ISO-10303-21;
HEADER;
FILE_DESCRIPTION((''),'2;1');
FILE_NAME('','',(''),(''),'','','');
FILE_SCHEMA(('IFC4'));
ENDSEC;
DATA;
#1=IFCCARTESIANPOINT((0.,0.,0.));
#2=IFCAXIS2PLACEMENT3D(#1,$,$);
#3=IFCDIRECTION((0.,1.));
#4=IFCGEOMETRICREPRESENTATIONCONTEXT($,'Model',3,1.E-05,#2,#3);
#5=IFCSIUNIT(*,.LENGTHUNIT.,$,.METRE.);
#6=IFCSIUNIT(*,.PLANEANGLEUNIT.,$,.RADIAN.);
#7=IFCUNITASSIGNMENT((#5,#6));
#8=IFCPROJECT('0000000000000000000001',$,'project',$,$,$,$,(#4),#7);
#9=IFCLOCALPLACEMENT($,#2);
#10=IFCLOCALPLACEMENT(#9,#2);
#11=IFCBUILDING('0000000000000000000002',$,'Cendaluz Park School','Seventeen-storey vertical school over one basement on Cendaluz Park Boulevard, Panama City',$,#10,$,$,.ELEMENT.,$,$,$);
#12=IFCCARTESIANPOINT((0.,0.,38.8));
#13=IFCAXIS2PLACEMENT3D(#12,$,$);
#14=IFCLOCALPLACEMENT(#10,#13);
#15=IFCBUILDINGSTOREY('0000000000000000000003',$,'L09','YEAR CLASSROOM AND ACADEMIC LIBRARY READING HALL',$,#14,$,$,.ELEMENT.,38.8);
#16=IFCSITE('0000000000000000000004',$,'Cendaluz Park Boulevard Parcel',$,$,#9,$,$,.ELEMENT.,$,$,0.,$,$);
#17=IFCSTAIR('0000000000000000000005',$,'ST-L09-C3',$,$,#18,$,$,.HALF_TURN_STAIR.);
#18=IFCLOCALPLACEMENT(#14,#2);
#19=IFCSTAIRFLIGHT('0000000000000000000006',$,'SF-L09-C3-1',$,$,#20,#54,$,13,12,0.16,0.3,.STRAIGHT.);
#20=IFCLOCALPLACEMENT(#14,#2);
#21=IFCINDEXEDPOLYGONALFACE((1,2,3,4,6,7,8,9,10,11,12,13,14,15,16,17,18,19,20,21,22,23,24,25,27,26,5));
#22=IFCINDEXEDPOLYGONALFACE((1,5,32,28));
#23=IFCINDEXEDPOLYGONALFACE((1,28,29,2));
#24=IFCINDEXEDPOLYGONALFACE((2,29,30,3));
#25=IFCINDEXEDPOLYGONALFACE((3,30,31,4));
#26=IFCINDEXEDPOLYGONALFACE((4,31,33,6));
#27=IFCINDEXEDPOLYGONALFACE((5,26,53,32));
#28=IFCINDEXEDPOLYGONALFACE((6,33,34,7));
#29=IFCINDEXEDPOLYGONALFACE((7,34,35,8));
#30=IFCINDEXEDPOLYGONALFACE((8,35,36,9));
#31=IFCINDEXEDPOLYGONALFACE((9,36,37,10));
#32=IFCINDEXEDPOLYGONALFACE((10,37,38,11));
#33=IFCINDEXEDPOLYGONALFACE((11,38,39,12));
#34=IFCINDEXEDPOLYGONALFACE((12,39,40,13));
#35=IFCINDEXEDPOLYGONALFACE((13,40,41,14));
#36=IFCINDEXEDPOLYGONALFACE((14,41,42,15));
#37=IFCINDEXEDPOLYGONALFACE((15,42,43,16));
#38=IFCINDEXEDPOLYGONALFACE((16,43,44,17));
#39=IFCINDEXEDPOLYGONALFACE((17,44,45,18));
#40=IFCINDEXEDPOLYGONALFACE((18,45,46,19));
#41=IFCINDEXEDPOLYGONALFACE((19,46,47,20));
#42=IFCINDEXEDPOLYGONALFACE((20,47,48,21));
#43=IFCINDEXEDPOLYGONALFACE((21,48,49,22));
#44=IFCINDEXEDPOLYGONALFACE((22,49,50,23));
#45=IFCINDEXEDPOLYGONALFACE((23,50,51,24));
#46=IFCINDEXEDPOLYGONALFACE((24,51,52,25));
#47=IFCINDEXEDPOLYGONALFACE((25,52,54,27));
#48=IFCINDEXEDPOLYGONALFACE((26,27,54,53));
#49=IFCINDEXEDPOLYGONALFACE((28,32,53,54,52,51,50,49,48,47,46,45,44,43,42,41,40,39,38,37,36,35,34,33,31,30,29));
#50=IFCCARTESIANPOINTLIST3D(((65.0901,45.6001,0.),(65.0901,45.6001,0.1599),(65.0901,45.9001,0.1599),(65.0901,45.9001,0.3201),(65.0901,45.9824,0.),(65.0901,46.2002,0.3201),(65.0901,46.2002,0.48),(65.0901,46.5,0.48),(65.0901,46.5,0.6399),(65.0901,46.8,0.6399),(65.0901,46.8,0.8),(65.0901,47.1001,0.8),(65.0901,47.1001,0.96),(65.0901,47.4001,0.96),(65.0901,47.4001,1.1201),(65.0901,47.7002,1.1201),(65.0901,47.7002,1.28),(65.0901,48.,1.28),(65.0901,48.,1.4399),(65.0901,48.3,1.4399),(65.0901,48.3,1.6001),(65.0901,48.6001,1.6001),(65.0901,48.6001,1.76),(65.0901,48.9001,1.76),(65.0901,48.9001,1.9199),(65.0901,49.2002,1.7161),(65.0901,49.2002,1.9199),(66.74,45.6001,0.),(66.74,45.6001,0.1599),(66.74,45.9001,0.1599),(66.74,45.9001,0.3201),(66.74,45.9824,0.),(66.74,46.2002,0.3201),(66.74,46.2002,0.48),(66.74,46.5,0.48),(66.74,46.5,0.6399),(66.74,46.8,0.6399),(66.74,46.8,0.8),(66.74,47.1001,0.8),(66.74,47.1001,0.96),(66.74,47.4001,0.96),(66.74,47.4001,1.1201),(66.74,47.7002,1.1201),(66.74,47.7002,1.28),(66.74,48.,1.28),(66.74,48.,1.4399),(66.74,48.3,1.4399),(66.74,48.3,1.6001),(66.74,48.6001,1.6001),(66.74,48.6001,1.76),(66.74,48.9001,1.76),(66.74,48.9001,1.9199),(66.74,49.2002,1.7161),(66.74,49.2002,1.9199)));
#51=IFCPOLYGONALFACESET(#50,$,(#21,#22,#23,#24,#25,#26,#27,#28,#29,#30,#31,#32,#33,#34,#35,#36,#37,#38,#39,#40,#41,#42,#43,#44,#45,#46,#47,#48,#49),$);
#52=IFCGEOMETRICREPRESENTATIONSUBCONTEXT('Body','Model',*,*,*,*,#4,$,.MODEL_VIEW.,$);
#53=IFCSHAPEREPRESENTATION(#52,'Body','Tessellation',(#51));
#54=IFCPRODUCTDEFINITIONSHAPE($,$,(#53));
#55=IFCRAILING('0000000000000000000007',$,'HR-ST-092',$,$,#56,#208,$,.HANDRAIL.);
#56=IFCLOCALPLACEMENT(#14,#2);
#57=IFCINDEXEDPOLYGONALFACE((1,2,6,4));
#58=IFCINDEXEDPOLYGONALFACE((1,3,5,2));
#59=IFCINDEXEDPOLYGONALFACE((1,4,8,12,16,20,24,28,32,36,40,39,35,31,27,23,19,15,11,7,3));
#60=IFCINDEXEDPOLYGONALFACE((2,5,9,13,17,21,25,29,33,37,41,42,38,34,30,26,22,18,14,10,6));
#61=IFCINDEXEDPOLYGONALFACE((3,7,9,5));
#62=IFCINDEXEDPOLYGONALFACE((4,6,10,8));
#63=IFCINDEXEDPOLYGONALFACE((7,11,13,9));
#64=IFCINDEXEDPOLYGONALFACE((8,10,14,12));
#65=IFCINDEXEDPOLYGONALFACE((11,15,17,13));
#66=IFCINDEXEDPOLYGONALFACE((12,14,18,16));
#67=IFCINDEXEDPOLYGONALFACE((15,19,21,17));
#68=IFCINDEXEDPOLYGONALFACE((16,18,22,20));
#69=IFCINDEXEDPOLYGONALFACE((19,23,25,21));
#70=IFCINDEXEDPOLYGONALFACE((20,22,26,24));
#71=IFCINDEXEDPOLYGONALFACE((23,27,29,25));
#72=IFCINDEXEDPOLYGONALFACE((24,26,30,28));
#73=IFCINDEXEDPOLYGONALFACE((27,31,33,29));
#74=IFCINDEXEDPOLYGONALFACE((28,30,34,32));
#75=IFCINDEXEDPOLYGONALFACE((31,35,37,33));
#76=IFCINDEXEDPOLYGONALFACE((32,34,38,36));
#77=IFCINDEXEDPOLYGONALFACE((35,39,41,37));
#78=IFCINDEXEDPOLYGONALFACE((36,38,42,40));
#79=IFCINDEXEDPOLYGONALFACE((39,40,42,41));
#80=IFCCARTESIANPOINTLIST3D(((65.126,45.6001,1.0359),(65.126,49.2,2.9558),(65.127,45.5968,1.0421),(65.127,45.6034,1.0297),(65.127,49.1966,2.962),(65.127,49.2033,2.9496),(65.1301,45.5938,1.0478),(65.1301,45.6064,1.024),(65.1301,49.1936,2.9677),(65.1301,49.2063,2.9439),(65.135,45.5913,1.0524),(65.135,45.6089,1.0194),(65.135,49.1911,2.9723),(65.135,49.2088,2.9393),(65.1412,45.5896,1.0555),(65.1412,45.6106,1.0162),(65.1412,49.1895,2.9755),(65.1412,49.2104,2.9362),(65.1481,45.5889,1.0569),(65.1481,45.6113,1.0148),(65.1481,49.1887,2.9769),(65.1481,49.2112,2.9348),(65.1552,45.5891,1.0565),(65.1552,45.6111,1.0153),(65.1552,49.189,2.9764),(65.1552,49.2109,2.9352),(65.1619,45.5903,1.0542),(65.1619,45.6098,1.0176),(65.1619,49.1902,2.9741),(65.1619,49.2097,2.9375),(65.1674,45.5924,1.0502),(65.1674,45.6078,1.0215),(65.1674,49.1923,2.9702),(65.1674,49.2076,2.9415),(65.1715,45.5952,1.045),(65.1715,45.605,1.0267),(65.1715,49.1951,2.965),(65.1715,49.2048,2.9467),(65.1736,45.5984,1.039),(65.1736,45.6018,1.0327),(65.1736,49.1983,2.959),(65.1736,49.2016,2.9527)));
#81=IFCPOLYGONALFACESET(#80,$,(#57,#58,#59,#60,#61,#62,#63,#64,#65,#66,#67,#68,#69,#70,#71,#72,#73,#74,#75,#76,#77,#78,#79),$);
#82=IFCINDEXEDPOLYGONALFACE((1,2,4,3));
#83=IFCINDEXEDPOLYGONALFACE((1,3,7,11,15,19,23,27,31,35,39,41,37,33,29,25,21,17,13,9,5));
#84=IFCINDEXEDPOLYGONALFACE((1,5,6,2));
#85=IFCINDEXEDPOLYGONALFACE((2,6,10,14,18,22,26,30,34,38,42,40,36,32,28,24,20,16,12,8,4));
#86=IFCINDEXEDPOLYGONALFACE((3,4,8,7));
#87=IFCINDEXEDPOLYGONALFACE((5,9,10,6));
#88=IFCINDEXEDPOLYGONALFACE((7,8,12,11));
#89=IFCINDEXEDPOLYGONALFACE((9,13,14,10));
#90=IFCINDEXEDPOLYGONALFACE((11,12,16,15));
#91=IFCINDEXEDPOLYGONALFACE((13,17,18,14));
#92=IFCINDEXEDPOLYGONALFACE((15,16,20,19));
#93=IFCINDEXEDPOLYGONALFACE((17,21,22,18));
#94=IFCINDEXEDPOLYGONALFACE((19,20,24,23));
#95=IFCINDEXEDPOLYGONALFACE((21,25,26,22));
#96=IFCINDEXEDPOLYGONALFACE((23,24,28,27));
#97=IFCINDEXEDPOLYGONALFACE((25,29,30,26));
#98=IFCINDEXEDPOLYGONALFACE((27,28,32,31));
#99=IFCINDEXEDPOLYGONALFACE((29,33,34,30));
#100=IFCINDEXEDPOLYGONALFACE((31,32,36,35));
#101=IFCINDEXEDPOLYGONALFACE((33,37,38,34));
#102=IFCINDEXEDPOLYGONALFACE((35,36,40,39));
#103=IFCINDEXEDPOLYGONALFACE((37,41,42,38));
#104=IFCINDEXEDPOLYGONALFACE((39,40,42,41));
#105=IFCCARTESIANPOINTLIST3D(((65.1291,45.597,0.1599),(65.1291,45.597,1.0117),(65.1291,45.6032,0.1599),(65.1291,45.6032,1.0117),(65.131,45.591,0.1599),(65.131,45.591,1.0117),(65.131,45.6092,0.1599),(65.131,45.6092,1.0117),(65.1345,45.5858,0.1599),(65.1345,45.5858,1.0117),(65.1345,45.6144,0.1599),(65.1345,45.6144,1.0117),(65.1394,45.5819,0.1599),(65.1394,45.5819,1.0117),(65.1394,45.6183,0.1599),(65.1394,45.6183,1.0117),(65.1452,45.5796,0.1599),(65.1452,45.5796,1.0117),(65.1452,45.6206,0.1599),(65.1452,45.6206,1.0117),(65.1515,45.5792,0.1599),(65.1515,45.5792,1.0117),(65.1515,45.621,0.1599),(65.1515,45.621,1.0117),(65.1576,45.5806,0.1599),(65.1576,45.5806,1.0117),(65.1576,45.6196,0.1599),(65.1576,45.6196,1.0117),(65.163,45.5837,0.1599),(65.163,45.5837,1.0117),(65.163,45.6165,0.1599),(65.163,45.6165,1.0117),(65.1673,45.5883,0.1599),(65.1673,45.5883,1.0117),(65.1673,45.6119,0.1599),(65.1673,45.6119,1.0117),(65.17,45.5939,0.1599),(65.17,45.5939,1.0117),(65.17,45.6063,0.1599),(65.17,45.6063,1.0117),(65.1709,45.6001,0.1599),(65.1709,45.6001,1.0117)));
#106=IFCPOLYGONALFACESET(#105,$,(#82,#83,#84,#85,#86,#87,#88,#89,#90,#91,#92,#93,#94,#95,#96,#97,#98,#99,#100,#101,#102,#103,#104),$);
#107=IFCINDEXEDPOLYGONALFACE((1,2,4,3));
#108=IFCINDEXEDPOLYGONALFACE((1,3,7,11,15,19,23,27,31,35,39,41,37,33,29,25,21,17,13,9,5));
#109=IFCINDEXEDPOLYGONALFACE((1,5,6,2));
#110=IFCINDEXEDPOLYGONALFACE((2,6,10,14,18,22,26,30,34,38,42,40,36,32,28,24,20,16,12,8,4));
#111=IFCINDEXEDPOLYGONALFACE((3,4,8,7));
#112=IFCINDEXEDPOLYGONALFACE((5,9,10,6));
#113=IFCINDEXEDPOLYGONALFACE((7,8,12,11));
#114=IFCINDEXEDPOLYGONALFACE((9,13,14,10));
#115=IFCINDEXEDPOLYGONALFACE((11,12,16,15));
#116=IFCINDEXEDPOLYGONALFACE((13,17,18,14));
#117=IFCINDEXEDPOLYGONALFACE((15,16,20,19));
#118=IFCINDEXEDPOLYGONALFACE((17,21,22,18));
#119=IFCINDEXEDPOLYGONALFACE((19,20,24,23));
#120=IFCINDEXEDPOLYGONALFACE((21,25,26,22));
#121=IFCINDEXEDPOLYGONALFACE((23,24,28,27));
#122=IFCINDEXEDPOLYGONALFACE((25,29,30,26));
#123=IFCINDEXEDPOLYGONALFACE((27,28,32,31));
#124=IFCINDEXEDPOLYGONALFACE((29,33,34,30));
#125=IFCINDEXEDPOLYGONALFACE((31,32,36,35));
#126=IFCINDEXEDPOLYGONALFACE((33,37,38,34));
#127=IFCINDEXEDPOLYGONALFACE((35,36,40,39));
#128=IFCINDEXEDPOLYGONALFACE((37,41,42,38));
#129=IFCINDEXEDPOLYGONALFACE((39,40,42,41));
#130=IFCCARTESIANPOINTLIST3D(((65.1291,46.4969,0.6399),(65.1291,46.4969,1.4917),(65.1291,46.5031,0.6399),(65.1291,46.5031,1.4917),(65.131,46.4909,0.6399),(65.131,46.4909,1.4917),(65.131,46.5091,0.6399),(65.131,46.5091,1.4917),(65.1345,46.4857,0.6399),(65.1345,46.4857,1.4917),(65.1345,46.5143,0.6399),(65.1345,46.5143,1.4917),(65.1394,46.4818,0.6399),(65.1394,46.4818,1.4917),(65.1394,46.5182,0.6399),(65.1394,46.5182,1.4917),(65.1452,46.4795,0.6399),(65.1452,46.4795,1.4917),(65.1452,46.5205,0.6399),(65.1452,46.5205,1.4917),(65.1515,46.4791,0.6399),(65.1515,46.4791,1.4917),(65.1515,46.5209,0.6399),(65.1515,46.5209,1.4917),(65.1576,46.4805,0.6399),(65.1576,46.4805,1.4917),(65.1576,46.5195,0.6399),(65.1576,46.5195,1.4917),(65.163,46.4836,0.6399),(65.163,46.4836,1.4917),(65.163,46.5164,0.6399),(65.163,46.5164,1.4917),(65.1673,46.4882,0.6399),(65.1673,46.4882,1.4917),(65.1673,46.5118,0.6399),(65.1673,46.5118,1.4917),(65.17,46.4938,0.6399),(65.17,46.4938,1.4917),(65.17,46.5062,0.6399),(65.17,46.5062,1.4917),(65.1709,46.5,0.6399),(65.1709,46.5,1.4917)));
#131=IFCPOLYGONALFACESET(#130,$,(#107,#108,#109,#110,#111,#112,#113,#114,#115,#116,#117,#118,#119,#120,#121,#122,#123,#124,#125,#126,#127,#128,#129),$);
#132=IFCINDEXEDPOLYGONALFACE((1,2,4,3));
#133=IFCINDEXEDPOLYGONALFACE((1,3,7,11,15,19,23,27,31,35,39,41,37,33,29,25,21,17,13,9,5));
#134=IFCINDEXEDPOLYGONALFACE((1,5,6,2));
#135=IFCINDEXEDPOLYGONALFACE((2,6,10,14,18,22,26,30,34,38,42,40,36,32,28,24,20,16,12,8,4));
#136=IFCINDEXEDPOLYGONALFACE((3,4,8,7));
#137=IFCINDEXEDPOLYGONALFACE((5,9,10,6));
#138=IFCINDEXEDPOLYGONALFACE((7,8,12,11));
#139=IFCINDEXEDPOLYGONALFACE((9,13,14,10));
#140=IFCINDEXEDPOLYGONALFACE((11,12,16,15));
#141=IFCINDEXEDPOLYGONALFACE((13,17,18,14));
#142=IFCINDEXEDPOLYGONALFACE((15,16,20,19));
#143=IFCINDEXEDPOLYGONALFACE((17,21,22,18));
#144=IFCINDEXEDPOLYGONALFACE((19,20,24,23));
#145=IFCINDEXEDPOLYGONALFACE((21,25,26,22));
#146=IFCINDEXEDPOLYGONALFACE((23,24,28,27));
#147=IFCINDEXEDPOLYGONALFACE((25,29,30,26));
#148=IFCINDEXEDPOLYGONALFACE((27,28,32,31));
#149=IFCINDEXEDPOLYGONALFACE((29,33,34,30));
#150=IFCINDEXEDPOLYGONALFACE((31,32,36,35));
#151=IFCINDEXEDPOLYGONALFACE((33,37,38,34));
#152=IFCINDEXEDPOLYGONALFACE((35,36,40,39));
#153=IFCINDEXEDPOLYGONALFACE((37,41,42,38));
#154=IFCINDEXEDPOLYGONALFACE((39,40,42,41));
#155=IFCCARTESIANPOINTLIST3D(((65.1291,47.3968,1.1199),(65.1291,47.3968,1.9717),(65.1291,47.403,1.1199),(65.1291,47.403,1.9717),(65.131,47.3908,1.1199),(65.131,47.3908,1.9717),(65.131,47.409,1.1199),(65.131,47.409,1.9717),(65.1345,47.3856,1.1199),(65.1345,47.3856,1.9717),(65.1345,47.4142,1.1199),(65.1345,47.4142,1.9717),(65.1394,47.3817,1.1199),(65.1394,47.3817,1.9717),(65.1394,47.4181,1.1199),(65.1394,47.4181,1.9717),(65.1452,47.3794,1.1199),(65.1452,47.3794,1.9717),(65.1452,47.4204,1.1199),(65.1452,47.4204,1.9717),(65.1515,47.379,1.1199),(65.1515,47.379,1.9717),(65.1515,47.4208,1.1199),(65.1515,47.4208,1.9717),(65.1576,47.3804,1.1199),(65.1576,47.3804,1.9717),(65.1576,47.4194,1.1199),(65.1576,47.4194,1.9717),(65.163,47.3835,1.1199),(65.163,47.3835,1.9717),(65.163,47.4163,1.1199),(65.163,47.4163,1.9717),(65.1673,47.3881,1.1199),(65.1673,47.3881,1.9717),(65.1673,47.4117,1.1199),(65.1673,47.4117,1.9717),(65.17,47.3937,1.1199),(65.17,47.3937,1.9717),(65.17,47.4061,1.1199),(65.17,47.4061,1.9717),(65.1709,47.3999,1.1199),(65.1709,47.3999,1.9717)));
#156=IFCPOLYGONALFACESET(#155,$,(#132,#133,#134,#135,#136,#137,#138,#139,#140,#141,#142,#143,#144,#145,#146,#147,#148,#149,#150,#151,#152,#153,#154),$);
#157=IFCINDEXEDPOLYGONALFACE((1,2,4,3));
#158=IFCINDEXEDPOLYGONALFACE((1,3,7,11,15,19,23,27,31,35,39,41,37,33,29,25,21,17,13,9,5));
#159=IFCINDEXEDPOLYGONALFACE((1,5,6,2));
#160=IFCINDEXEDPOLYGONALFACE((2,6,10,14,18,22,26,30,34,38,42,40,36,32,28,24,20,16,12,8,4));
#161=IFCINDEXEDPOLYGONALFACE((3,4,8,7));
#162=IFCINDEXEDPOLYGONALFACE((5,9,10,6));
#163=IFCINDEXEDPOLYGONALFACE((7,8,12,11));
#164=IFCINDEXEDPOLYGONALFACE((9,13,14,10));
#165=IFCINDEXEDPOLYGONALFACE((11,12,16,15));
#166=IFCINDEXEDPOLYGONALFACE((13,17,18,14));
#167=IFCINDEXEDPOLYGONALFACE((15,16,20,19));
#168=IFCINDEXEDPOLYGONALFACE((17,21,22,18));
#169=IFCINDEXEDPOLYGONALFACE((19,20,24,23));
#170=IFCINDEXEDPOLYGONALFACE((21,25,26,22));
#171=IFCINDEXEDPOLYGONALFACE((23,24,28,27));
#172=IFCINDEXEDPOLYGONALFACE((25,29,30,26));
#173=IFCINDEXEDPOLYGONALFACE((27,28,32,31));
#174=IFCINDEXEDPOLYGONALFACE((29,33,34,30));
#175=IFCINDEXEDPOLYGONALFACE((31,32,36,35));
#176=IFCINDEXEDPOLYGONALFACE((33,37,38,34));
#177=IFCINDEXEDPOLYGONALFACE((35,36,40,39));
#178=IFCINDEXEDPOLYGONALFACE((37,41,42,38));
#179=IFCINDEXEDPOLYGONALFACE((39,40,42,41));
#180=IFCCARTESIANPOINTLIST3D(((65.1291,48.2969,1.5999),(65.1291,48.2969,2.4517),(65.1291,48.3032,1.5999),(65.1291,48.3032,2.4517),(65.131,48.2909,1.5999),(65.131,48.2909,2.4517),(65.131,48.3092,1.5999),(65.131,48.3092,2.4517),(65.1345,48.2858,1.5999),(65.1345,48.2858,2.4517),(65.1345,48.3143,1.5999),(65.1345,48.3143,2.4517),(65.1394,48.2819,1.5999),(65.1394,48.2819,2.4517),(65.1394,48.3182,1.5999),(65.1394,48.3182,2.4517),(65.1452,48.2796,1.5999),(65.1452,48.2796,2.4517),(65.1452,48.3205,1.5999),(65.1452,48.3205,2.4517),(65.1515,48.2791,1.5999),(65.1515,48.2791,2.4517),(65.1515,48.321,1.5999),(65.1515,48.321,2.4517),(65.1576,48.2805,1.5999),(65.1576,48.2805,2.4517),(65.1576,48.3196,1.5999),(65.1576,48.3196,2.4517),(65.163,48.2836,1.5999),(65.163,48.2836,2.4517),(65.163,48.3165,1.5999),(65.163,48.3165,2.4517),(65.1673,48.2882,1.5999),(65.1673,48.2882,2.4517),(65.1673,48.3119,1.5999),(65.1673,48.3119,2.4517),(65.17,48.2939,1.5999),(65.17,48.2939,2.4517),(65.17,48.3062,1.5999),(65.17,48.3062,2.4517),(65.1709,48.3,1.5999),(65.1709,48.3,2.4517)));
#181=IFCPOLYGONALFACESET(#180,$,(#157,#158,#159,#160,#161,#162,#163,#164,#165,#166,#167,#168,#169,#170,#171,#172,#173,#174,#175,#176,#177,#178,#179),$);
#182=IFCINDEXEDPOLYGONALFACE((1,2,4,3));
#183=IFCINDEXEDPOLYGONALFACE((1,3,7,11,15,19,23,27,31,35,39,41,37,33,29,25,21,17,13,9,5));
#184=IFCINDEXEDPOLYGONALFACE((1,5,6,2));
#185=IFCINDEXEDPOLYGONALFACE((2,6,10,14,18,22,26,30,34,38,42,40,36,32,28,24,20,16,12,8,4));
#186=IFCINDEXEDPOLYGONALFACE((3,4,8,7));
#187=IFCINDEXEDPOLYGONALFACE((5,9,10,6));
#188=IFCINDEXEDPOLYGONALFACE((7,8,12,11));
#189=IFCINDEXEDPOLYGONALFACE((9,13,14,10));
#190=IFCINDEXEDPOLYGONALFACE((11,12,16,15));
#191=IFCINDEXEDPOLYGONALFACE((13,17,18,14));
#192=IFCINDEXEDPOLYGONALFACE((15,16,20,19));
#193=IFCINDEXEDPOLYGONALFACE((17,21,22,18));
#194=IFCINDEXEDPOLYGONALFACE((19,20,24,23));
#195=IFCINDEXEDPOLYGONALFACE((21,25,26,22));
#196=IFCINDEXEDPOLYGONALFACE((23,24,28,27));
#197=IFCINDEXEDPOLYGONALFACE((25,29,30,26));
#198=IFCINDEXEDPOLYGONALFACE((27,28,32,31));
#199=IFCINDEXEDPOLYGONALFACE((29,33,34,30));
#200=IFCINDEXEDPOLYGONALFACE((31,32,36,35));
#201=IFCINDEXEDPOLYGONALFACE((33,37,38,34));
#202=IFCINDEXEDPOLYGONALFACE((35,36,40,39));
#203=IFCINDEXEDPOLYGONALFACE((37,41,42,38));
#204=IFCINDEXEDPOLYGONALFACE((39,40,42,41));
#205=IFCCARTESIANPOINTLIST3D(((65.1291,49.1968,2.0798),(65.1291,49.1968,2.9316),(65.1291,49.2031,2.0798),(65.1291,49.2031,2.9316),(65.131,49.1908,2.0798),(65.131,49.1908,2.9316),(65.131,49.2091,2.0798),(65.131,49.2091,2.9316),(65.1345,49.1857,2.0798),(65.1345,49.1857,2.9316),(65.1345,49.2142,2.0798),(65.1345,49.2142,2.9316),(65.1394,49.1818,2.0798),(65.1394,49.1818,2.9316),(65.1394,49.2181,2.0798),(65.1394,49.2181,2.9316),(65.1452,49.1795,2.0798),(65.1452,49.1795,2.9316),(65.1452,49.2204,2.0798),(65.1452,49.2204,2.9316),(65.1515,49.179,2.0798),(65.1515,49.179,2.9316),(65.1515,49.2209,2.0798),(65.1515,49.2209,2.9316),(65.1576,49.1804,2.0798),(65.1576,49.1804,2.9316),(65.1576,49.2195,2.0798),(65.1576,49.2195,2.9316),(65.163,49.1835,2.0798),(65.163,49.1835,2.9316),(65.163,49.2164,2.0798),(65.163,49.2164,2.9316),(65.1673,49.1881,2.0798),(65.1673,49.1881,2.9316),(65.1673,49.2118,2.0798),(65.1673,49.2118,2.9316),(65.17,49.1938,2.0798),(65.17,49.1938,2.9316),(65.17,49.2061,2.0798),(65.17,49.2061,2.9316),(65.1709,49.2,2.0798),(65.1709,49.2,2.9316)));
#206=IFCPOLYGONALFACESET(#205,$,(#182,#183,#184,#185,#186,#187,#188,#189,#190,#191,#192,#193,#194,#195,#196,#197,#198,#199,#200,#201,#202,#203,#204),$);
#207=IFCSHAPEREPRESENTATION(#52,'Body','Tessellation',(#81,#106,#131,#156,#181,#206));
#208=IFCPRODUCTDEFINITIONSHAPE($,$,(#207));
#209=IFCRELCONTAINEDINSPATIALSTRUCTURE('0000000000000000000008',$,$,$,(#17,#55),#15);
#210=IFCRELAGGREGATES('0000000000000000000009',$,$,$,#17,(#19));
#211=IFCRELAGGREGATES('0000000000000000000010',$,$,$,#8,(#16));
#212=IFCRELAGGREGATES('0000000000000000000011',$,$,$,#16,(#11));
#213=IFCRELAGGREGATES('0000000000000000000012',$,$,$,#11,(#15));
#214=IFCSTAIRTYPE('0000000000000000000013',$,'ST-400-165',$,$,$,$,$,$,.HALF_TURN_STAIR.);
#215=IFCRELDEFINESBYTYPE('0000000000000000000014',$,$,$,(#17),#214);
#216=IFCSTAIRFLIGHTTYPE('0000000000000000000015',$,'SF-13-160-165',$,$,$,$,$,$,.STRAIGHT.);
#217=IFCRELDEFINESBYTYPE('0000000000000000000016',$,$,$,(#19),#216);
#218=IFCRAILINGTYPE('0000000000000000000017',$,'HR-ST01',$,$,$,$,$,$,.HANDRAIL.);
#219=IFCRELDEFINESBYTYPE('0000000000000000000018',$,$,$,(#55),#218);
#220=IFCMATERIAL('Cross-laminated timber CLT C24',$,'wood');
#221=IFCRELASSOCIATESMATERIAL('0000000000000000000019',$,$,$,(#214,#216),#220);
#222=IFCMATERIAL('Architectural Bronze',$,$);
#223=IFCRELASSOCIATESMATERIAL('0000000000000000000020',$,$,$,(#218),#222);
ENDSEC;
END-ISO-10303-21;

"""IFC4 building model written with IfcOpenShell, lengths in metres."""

from ifc_helpers import new_model, si_unit, direction, frame, origin, origin_2d, place, context, subcontext, project, spatial, polyline, circle, outline, extrude, material, type_object, element, aggregate, save


model = new_model("IFC4")

# Units and contexts
model_context = context("Model", 3, precision=1e-05, world=origin(), true_north=direction((0.0, 1.0)))
body_context = subcontext(model_context, "Body", "Model", "MODEL_VIEW")
ifc_project = project(units=[si_unit("LENGTHUNIT", "METRE"), si_unit("PLANEANGLEUNIT", "RADIAN")], contexts=[model_context])

# Site, building, storey
site_placement = place(None, origin())
site = spatial("IfcSite", under=ifc_project, at=site_placement, Name="Cendaluz Park Boulevard Parcel", CompositionType="ELEMENT", RefElevation=0.0)
building_placement = place(site_placement, origin())
building = spatial("IfcBuilding", under=site, at=building_placement, Name="Cendaluz Park School", Description="Seventeen-storey vertical school over one basement on Cendaluz Park Boulevard, Panama City", CompositionType="ELEMENT")
storey_placement = place(building_placement, frame((0.0, 0.0, 38.8)))
storey = spatial("IfcBuildingStorey", under=building, at=storey_placement, Name="L09", Description="YEAR CLASSROOM AND ACADEMIC LIBRARY READING HALL", CompositionType="ELEMENT", Elevation=38.8)

# Stair, stair flight
ifc_material_1 = material(Name="Cross-laminated timber CLT C24", Category="wood")
stair_type = type_object("IfcStairType", Name="ST-400-165", PredefinedType="HALF_TURN_STAIR", material=ifc_material_1)
stair_placement = place(storey_placement, origin())
stair = element("IfcStair", 1, at=stair_placement, inside=storey, type_object=stair_type, Name="ST-L09-C3", PredefinedType="HALF_TURN_STAIR")
stair_flight_type_1 = type_object("IfcStairFlightType", Name="SF-13-160-165", PredefinedType="STRAIGHT", material=ifc_material_1)
stair_flight_1_placement = place(storey_placement, frame((65.915, 45.6001, 0.0), z_axis=(0.0, 0.0, 1.0), x_axis=(0.0, 1.0, 0.0)))
stair_flight_1 = element("IfcStairFlight", 2, at=stair_flight_1_placement, type_object=stair_flight_type_1, Name="SF-L09-C3-1", NumberOfRisers=13, NumberOfTreads=12, PredefinedType="STRAIGHT", RiserHeight=0.16, TreadLength=0.3, context=body_context, shape_type="SweptSolid", body=[
    extrude(outline(polyline([(0.0, 0.0), (0.0, 0.1599), (0.3, 0.1599), (0.3, 0.3201), (0.6001, 0.3201), (0.6001, 0.48), (0.8999, 0.48), (0.8999, 0.6399), (1.2, 0.6399), (1.2, 0.8), (1.5, 0.8), (1.5, 0.96), (1.8, 0.96), (1.8, 1.1201), (2.1001, 1.1201), (2.1001, 1.28), (2.3999, 1.28), (2.3999, 1.4399), (2.7, 1.4399), (2.7, 1.6001), (3.0, 1.6001), (3.0, 1.76), (3.3, 1.76), (3.3, 1.9199), (3.6001, 1.9199), (3.6001, 2.0801), (3.6001, 1.7161), (0.3823, 0.0), (0.0, 0.0)])), frame((0.0, 0.825, 0.0), z_axis=(0.0, -1.0, 0.0), x_axis=(1.0, 0.0, 0.0)), (0.0, 0.0, 1.0), 1.6499),
])
aggregate(stair, [stair_flight_1])

# Railing
ifc_material_2 = material(Name="Architectural Bronze")
railing_type_1 = type_object("IfcRailingType", Name="HR-ST01", PredefinedType="HANDRAIL", material=ifc_material_2)
railing_1_placement = place(storey_placement, frame((65.1499, 45.6001, 0.1599)))
element("IfcRailing", 3, at=railing_1_placement, inside=storey, type_object=railing_type_1, Name="HR-ST-092", PredefinedType="HANDRAIL", context=body_context, shape_type="SweptSolid", body=[
    extrude(circle(Radius=0.0239, at=origin_2d()), frame((0.0, 0.0, 0.876), z_axis=(0.0, 0.882353, 0.470588), x_axis=(-1.0, 0.0, 0.0)), (0.0, 0.0, 1.0), 4.0798),
    extrude(circle(Radius=0.021, at=origin_2d()), origin(), (0.0, 0.0, 1.0), 0.8518),
    extrude(circle(Radius=0.021, at=origin_2d()), frame((0.0, 0.8999, 0.48)), (0.0, 0.0, 1.0), 0.8518),
    extrude(circle(Radius=0.021, at=origin_2d()), frame((0.0, 1.7998, 0.96)), (0.0, 0.0, 1.0), 0.8518),
    extrude(circle(Radius=0.021, at=origin_2d()), frame((0.0, 2.7, 1.4399)), (0.0, 0.0, 1.0), 0.8518),
    extrude(circle(Radius=0.021, at=origin_2d()), frame((0.0, 3.5999, 1.9199)), (0.0, 0.0, 1.0), 0.8518),
])

save(model, "model.ifc")
